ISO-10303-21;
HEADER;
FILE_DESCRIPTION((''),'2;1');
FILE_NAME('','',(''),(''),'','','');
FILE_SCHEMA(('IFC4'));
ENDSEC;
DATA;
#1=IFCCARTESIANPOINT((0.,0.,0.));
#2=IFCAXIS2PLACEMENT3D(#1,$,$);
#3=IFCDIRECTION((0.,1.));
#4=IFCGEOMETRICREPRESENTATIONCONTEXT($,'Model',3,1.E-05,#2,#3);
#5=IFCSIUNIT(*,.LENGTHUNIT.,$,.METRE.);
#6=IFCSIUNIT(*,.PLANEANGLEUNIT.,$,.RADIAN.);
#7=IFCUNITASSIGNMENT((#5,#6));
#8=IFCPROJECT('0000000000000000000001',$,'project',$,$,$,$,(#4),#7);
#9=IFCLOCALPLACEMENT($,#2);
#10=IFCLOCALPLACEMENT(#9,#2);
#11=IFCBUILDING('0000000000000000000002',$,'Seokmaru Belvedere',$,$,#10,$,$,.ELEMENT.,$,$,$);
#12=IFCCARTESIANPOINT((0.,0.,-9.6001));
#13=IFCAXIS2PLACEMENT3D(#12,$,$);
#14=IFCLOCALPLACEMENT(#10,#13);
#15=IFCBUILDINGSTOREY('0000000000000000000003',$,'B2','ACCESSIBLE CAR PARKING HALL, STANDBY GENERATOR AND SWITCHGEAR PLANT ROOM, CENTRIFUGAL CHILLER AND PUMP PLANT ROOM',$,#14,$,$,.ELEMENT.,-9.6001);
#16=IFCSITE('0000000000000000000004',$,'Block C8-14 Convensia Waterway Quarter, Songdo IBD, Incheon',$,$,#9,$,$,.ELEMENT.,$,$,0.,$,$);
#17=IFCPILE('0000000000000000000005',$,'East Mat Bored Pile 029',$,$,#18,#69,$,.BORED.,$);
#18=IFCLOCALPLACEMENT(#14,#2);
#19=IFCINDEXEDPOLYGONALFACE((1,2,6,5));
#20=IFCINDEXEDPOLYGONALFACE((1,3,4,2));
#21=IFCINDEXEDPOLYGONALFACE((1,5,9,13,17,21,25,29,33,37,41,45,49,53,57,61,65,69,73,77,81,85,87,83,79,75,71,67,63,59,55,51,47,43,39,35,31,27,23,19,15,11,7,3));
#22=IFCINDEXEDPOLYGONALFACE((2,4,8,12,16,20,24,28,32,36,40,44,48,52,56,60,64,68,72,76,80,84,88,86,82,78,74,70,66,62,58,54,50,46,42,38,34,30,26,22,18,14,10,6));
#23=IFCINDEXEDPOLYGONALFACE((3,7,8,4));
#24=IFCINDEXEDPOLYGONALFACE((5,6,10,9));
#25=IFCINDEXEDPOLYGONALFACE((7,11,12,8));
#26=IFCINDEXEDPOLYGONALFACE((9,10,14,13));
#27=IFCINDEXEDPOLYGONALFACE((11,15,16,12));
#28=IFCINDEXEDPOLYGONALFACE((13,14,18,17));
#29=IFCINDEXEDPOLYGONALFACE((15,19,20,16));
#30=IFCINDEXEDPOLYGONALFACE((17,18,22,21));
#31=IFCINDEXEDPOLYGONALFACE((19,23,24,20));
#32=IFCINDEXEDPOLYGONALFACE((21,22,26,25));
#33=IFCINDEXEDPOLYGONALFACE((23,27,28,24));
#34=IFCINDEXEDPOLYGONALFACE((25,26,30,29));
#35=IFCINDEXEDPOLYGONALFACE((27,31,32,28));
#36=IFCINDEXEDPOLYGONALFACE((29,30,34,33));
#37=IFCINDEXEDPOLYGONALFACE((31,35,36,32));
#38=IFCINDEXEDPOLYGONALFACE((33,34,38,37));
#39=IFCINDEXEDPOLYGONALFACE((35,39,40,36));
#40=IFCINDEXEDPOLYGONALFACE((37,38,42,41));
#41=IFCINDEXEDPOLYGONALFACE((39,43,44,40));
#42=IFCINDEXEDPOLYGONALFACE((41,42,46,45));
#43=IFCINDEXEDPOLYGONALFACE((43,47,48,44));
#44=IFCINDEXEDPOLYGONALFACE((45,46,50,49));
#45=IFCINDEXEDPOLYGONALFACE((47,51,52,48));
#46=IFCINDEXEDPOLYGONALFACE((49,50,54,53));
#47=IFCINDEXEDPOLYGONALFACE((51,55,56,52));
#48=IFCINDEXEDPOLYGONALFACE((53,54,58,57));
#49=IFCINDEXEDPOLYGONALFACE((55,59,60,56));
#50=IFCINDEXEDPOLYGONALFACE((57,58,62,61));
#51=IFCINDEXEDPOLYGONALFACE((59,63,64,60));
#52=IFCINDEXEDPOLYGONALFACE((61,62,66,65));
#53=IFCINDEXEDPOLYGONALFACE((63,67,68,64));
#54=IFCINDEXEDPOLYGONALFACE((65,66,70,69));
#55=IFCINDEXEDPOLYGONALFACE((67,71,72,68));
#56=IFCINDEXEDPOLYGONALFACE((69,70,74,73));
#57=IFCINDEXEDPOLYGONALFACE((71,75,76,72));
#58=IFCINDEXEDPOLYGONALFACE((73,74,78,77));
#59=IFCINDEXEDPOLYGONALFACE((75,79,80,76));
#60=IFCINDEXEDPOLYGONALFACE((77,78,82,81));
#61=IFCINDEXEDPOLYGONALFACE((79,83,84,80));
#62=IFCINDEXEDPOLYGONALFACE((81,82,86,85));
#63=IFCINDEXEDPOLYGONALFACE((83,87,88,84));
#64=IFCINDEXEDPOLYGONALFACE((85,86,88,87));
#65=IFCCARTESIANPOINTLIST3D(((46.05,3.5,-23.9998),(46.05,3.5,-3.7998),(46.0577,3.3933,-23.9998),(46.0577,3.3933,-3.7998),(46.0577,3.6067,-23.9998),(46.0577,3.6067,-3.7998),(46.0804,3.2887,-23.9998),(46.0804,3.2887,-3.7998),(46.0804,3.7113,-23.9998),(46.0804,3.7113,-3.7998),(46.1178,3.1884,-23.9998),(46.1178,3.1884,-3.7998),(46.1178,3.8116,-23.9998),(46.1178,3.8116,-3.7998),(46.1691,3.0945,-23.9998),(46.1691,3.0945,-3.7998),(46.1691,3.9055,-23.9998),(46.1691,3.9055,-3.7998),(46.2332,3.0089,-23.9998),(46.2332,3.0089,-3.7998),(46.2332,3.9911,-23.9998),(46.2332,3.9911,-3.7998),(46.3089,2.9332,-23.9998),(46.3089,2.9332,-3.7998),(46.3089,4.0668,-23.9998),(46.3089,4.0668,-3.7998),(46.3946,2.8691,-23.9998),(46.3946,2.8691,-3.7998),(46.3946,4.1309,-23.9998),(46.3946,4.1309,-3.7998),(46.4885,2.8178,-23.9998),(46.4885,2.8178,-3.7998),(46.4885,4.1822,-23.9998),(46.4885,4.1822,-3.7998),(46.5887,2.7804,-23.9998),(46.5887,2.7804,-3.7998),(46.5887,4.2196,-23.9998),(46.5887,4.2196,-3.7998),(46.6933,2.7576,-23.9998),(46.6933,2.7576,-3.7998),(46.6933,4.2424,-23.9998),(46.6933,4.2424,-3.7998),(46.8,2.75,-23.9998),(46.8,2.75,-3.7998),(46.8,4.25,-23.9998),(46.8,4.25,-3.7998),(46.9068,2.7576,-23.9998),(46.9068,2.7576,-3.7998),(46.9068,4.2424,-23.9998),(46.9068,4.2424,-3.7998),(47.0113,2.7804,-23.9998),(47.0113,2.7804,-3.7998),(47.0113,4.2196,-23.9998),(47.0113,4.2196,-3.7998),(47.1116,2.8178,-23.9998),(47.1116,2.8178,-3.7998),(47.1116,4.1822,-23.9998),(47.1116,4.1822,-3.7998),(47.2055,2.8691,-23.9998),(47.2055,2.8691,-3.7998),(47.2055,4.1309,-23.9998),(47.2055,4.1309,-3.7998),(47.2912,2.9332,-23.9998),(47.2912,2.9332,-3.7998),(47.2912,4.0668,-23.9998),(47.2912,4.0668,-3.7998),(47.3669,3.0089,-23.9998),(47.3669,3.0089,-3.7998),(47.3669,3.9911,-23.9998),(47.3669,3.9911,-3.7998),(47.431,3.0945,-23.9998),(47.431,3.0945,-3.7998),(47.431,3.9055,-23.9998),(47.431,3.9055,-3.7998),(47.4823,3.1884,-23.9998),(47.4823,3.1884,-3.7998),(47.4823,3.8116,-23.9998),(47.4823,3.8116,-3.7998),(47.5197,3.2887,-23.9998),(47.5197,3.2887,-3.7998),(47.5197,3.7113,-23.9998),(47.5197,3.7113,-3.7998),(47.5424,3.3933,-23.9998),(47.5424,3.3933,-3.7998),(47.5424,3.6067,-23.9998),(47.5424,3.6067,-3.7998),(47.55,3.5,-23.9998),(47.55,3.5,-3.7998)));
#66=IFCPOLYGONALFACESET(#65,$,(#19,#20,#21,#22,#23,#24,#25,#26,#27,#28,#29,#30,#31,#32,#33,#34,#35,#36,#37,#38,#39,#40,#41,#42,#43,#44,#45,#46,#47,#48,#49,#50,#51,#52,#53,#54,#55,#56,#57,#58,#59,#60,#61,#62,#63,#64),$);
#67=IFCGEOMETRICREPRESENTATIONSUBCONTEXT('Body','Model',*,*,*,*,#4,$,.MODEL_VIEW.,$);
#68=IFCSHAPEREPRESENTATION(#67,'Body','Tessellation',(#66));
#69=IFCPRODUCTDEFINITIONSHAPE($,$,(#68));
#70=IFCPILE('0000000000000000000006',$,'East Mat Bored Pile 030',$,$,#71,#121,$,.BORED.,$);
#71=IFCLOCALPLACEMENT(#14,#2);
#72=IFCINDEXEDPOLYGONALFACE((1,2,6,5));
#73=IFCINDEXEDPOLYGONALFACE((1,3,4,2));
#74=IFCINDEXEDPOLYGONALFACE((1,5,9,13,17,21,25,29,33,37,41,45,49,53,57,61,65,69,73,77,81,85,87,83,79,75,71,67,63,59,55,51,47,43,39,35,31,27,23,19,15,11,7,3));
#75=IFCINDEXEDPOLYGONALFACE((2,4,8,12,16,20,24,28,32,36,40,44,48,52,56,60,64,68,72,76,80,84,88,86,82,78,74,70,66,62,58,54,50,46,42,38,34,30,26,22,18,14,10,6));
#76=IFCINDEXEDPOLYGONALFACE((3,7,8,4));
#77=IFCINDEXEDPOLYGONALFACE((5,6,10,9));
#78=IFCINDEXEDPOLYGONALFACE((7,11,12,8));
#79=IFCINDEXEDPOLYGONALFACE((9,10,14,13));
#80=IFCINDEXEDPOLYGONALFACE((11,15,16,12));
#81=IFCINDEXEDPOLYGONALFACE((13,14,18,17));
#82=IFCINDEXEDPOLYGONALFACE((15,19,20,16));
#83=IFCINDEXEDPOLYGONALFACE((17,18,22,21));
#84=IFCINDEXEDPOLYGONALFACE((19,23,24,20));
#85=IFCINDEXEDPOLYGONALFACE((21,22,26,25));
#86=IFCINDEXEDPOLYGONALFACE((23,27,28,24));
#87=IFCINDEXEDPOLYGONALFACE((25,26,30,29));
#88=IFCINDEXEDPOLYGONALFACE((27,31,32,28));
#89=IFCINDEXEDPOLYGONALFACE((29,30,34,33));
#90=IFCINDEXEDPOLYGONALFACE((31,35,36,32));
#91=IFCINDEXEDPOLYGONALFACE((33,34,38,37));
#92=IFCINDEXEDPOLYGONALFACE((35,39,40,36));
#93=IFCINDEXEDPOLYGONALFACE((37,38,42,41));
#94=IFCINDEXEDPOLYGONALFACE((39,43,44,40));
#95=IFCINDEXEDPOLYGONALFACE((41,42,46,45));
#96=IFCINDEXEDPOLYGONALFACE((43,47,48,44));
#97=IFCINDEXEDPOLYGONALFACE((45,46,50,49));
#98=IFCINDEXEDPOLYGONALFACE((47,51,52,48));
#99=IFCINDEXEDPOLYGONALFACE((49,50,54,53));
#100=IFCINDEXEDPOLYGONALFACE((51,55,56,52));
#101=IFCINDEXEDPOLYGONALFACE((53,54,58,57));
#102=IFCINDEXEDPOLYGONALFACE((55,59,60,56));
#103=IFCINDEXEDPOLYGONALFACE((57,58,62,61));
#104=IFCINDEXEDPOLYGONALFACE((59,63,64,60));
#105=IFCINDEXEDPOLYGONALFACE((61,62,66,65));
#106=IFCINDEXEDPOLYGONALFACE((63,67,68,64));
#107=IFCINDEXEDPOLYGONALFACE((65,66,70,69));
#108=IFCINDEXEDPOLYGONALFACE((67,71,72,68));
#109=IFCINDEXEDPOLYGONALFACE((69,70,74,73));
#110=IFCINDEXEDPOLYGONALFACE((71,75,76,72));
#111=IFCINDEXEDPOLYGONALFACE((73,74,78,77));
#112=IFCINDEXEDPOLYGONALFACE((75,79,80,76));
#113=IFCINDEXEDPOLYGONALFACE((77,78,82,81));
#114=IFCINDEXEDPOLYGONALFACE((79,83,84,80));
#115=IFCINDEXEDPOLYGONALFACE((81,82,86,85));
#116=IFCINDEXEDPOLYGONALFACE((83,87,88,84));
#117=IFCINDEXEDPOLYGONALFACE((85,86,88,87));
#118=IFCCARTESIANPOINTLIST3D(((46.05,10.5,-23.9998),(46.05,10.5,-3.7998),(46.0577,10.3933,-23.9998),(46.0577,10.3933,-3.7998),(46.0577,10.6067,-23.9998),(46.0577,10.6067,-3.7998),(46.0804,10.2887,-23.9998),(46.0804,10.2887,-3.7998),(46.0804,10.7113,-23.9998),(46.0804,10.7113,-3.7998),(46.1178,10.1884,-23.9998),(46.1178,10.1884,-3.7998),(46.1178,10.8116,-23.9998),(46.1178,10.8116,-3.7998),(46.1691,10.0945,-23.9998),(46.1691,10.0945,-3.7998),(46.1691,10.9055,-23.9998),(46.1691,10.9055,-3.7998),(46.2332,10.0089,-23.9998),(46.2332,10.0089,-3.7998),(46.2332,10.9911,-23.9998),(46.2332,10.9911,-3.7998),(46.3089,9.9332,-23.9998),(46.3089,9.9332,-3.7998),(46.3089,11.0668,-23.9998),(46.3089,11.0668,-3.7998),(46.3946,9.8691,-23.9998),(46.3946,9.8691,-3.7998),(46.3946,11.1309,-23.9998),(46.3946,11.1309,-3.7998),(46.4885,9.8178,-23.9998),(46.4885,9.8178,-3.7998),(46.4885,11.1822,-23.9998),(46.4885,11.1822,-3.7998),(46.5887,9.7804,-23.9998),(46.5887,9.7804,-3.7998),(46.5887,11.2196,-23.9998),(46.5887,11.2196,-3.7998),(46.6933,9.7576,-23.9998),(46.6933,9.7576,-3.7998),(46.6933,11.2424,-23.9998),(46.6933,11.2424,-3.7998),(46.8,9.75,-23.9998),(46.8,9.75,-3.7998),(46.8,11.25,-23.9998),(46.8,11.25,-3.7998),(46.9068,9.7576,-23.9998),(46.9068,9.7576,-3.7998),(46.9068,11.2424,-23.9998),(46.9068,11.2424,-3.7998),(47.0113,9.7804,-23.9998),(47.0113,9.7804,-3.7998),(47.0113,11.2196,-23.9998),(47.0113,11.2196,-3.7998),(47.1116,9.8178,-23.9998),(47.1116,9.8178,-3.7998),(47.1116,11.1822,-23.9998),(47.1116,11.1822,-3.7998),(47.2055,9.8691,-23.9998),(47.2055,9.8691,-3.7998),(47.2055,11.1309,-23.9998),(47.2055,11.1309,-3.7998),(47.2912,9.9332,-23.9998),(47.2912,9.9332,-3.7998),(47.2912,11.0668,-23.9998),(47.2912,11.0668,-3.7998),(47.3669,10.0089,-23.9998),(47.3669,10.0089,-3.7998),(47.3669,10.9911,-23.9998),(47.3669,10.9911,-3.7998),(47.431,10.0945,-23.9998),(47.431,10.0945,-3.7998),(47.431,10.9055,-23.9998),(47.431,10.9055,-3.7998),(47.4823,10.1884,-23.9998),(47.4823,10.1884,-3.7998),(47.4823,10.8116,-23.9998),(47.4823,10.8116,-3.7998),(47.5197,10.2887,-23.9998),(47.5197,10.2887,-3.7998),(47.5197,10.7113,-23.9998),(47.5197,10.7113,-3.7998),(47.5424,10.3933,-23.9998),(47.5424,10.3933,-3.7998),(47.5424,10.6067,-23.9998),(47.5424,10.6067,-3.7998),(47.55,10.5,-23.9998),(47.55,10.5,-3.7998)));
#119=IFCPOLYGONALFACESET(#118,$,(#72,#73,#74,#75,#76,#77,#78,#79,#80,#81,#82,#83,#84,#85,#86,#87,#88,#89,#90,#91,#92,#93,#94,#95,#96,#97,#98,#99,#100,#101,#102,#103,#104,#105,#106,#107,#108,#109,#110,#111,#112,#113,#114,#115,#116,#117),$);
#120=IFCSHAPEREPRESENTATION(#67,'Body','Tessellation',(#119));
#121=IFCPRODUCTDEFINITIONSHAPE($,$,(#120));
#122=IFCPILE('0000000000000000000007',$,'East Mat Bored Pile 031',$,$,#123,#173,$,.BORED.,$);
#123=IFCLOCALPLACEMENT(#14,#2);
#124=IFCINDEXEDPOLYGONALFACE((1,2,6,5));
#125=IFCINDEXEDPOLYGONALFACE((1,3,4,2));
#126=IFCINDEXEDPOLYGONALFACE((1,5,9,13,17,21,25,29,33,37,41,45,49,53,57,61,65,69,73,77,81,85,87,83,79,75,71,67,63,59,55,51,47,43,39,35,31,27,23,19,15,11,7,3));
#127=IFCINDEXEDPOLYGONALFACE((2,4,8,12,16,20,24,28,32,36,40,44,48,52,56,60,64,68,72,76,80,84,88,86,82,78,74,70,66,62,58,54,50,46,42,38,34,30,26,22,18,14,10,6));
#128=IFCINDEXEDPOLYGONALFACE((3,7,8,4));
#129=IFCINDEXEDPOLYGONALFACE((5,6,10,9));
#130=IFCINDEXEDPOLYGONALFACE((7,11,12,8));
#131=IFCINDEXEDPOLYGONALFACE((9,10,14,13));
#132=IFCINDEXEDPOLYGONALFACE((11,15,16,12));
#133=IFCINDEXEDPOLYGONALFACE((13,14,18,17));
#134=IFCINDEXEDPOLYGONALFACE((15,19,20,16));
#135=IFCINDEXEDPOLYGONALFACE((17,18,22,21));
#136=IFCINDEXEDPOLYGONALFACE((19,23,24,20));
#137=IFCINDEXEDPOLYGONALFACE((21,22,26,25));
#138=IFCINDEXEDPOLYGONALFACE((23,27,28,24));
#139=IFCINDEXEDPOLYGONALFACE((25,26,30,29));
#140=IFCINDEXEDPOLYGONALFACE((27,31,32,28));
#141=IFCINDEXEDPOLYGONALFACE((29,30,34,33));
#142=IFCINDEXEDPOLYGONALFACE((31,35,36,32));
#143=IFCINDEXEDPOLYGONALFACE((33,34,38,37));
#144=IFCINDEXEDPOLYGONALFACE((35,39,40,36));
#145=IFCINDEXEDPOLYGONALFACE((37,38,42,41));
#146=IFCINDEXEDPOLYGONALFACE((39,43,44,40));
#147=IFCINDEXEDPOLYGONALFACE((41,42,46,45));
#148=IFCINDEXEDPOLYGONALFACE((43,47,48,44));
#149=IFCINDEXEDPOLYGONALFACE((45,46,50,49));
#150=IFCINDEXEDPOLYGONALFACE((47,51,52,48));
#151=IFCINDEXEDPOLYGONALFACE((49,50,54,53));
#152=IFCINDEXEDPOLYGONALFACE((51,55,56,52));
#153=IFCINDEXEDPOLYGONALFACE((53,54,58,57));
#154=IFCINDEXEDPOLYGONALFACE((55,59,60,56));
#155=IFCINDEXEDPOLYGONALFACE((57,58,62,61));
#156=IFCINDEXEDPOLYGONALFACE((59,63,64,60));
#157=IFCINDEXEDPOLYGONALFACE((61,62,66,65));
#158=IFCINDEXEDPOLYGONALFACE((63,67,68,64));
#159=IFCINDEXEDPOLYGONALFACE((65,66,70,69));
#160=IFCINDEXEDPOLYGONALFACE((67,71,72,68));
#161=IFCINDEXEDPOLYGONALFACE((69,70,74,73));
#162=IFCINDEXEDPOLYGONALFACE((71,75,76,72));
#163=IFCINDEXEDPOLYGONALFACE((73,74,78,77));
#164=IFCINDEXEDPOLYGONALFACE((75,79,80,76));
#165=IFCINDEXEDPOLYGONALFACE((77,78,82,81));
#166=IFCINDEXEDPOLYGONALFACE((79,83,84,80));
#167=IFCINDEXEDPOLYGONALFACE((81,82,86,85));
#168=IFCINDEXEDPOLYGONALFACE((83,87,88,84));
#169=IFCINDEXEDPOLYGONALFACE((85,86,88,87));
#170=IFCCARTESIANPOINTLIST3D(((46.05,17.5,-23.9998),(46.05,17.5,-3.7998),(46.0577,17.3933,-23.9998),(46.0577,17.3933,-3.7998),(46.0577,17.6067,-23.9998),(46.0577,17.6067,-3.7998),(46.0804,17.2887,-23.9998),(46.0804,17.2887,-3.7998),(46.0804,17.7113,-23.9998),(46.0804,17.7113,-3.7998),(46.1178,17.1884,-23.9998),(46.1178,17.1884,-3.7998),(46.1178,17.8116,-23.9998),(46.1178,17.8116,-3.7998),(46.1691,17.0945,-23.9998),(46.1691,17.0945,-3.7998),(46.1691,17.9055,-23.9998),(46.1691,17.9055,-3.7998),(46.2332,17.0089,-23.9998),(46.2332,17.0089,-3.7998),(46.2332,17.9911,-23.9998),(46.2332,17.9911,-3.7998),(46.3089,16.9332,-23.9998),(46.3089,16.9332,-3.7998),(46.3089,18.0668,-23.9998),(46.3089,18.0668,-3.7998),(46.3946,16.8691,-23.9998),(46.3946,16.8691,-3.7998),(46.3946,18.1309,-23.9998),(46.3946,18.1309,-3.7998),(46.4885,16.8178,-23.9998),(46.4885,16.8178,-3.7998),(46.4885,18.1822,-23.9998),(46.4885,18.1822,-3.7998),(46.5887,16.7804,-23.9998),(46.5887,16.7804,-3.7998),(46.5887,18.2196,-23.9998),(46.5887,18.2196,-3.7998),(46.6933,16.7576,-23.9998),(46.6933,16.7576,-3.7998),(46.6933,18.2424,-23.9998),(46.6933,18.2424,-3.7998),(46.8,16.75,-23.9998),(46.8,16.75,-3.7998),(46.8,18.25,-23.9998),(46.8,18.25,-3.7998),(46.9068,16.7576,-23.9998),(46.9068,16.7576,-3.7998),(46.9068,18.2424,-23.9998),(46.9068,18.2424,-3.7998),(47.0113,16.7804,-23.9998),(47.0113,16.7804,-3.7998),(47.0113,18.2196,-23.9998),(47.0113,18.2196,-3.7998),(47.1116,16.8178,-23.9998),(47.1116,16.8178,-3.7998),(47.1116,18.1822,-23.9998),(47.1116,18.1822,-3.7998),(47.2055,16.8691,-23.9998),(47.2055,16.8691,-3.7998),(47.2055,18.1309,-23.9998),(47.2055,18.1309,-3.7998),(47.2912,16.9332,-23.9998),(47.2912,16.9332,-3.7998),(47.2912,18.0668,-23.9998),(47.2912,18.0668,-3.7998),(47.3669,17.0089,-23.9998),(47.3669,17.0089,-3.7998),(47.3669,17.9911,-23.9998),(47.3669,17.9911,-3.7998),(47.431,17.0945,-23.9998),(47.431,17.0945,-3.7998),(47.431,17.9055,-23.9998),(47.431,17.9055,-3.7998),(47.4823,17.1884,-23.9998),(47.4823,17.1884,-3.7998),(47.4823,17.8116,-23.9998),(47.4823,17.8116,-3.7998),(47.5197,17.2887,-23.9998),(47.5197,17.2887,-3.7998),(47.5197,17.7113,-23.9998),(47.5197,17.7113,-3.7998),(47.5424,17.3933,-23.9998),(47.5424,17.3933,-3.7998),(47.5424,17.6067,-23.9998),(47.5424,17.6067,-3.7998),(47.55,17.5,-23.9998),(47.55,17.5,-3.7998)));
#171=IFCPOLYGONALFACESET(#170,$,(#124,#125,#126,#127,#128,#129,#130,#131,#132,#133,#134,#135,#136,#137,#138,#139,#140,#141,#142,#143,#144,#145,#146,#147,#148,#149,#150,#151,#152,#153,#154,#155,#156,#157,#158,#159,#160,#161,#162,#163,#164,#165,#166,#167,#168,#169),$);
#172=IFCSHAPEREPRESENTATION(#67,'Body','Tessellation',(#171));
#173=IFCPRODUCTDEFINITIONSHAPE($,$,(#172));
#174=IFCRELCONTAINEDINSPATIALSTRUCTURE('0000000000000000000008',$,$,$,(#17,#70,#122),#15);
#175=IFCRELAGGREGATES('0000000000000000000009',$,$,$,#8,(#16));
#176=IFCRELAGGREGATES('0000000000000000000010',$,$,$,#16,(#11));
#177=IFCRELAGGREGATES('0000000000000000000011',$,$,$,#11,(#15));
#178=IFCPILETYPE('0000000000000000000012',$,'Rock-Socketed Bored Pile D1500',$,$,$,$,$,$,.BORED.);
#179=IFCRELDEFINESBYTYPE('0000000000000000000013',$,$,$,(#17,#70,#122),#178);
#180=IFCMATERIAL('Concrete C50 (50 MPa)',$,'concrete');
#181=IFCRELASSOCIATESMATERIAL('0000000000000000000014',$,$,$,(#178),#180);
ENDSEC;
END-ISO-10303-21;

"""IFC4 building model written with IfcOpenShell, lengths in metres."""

from ifc_helpers import new_model, si_unit, direction, frame, origin, origin_2d, place, context, subcontext, project, spatial, circle, extrude, source, transform, mapped, material, material_profile, profile_set, type_object, type_shapes, element, save


model = new_model("IFC4")

# Units and contexts
model_context = context("Model", 3, precision=1e-05, world=origin(), true_north=direction((0.0, 1.0)))
body_context = subcontext(model_context, "Body", "Model", "MODEL_VIEW")
ifc_project = project(units=[si_unit("LENGTHUNIT", "METRE"), si_unit("PLANEANGLEUNIT", "RADIAN")], contexts=[model_context])

# Site, building, storey
site_placement = place(None, origin())
site = spatial("IfcSite", under=ifc_project, at=site_placement, Name="Block C8-14 Convensia Waterway Quarter, Songdo IBD, Incheon", CompositionType="ELEMENT", RefElevation=0.0)
building_placement = place(site_placement, origin())
building = spatial("IfcBuilding", under=site, at=building_placement, Name="Seokmaru Belvedere", CompositionType="ELEMENT")
storey_placement = place(building_placement, frame((0.0, 0.0, -9.6001)))
storey = spatial("IfcBuildingStorey", under=building, at=storey_placement, Name="B2", Description="ACCESSIBLE CAR PARKING HALL, STANDBY GENERATOR AND SWITCHGEAR PLANT ROOM, CENTRIFUGAL CHILLER AND PUMP PLANT ROOM", CompositionType="ELEMENT", Elevation=-9.6001)

# Piles
ifc_material_1 = material(Name="Concrete C50 (50 MPa)", Category="concrete")
ifc_material_profile_1 = material_profile(ifc_material_1, circle(Radius=0.75, at=origin_2d()), Name="PILE-D1500")
ifc_profile_set_1 = profile_set([ifc_material_profile_1], Name="Concrete C50 (50 MPa)")
pile_type_1 = type_object("IfcPileType", Name="Rock-Socketed Bored Pile D1500", PredefinedType="BORED", material=ifc_profile_set_1)
shared_shape_1 = source(origin(), body_context, "Body", "SweptSolid", [
    extrude(circle(Radius=0.75, at=origin_2d()), origin(), (0.0, 0.0, 1.0), 20.2),
])
type_shapes(pile_type_1, [shared_shape_1])
for number, where, z_axis, x_axis, name in (
    (1, (46.8, 3.5, -3.7998), (0.0, 0.0, -1.0), (1.0, 0.0, 0.0), "East Mat Bored Pile 029"),
    (2, (46.8, 10.5, -3.7998), (0.0, 0.0, -1.0), (1.0, 0.0, 0.0), "East Mat Bored Pile 030"),
    (3, (46.8, 17.5, -3.7998), (0.0, 0.0, -1.0), (1.0, 0.0, 0.0), "East Mat Bored Pile 031"),
):
    element("IfcPile", number, at=place(storey_placement, frame(where, z_axis=z_axis, x_axis=x_axis)), inside=storey, type_object=pile_type_1, Name=name, PredefinedType="BORED", context=body_context, shape_type="MappedRepresentation", body=[
        mapped(shared_shape_1, transform((0.0, 0.0, 0.0), scale=1.0)),
    ])

save(model, "model.ifc")
